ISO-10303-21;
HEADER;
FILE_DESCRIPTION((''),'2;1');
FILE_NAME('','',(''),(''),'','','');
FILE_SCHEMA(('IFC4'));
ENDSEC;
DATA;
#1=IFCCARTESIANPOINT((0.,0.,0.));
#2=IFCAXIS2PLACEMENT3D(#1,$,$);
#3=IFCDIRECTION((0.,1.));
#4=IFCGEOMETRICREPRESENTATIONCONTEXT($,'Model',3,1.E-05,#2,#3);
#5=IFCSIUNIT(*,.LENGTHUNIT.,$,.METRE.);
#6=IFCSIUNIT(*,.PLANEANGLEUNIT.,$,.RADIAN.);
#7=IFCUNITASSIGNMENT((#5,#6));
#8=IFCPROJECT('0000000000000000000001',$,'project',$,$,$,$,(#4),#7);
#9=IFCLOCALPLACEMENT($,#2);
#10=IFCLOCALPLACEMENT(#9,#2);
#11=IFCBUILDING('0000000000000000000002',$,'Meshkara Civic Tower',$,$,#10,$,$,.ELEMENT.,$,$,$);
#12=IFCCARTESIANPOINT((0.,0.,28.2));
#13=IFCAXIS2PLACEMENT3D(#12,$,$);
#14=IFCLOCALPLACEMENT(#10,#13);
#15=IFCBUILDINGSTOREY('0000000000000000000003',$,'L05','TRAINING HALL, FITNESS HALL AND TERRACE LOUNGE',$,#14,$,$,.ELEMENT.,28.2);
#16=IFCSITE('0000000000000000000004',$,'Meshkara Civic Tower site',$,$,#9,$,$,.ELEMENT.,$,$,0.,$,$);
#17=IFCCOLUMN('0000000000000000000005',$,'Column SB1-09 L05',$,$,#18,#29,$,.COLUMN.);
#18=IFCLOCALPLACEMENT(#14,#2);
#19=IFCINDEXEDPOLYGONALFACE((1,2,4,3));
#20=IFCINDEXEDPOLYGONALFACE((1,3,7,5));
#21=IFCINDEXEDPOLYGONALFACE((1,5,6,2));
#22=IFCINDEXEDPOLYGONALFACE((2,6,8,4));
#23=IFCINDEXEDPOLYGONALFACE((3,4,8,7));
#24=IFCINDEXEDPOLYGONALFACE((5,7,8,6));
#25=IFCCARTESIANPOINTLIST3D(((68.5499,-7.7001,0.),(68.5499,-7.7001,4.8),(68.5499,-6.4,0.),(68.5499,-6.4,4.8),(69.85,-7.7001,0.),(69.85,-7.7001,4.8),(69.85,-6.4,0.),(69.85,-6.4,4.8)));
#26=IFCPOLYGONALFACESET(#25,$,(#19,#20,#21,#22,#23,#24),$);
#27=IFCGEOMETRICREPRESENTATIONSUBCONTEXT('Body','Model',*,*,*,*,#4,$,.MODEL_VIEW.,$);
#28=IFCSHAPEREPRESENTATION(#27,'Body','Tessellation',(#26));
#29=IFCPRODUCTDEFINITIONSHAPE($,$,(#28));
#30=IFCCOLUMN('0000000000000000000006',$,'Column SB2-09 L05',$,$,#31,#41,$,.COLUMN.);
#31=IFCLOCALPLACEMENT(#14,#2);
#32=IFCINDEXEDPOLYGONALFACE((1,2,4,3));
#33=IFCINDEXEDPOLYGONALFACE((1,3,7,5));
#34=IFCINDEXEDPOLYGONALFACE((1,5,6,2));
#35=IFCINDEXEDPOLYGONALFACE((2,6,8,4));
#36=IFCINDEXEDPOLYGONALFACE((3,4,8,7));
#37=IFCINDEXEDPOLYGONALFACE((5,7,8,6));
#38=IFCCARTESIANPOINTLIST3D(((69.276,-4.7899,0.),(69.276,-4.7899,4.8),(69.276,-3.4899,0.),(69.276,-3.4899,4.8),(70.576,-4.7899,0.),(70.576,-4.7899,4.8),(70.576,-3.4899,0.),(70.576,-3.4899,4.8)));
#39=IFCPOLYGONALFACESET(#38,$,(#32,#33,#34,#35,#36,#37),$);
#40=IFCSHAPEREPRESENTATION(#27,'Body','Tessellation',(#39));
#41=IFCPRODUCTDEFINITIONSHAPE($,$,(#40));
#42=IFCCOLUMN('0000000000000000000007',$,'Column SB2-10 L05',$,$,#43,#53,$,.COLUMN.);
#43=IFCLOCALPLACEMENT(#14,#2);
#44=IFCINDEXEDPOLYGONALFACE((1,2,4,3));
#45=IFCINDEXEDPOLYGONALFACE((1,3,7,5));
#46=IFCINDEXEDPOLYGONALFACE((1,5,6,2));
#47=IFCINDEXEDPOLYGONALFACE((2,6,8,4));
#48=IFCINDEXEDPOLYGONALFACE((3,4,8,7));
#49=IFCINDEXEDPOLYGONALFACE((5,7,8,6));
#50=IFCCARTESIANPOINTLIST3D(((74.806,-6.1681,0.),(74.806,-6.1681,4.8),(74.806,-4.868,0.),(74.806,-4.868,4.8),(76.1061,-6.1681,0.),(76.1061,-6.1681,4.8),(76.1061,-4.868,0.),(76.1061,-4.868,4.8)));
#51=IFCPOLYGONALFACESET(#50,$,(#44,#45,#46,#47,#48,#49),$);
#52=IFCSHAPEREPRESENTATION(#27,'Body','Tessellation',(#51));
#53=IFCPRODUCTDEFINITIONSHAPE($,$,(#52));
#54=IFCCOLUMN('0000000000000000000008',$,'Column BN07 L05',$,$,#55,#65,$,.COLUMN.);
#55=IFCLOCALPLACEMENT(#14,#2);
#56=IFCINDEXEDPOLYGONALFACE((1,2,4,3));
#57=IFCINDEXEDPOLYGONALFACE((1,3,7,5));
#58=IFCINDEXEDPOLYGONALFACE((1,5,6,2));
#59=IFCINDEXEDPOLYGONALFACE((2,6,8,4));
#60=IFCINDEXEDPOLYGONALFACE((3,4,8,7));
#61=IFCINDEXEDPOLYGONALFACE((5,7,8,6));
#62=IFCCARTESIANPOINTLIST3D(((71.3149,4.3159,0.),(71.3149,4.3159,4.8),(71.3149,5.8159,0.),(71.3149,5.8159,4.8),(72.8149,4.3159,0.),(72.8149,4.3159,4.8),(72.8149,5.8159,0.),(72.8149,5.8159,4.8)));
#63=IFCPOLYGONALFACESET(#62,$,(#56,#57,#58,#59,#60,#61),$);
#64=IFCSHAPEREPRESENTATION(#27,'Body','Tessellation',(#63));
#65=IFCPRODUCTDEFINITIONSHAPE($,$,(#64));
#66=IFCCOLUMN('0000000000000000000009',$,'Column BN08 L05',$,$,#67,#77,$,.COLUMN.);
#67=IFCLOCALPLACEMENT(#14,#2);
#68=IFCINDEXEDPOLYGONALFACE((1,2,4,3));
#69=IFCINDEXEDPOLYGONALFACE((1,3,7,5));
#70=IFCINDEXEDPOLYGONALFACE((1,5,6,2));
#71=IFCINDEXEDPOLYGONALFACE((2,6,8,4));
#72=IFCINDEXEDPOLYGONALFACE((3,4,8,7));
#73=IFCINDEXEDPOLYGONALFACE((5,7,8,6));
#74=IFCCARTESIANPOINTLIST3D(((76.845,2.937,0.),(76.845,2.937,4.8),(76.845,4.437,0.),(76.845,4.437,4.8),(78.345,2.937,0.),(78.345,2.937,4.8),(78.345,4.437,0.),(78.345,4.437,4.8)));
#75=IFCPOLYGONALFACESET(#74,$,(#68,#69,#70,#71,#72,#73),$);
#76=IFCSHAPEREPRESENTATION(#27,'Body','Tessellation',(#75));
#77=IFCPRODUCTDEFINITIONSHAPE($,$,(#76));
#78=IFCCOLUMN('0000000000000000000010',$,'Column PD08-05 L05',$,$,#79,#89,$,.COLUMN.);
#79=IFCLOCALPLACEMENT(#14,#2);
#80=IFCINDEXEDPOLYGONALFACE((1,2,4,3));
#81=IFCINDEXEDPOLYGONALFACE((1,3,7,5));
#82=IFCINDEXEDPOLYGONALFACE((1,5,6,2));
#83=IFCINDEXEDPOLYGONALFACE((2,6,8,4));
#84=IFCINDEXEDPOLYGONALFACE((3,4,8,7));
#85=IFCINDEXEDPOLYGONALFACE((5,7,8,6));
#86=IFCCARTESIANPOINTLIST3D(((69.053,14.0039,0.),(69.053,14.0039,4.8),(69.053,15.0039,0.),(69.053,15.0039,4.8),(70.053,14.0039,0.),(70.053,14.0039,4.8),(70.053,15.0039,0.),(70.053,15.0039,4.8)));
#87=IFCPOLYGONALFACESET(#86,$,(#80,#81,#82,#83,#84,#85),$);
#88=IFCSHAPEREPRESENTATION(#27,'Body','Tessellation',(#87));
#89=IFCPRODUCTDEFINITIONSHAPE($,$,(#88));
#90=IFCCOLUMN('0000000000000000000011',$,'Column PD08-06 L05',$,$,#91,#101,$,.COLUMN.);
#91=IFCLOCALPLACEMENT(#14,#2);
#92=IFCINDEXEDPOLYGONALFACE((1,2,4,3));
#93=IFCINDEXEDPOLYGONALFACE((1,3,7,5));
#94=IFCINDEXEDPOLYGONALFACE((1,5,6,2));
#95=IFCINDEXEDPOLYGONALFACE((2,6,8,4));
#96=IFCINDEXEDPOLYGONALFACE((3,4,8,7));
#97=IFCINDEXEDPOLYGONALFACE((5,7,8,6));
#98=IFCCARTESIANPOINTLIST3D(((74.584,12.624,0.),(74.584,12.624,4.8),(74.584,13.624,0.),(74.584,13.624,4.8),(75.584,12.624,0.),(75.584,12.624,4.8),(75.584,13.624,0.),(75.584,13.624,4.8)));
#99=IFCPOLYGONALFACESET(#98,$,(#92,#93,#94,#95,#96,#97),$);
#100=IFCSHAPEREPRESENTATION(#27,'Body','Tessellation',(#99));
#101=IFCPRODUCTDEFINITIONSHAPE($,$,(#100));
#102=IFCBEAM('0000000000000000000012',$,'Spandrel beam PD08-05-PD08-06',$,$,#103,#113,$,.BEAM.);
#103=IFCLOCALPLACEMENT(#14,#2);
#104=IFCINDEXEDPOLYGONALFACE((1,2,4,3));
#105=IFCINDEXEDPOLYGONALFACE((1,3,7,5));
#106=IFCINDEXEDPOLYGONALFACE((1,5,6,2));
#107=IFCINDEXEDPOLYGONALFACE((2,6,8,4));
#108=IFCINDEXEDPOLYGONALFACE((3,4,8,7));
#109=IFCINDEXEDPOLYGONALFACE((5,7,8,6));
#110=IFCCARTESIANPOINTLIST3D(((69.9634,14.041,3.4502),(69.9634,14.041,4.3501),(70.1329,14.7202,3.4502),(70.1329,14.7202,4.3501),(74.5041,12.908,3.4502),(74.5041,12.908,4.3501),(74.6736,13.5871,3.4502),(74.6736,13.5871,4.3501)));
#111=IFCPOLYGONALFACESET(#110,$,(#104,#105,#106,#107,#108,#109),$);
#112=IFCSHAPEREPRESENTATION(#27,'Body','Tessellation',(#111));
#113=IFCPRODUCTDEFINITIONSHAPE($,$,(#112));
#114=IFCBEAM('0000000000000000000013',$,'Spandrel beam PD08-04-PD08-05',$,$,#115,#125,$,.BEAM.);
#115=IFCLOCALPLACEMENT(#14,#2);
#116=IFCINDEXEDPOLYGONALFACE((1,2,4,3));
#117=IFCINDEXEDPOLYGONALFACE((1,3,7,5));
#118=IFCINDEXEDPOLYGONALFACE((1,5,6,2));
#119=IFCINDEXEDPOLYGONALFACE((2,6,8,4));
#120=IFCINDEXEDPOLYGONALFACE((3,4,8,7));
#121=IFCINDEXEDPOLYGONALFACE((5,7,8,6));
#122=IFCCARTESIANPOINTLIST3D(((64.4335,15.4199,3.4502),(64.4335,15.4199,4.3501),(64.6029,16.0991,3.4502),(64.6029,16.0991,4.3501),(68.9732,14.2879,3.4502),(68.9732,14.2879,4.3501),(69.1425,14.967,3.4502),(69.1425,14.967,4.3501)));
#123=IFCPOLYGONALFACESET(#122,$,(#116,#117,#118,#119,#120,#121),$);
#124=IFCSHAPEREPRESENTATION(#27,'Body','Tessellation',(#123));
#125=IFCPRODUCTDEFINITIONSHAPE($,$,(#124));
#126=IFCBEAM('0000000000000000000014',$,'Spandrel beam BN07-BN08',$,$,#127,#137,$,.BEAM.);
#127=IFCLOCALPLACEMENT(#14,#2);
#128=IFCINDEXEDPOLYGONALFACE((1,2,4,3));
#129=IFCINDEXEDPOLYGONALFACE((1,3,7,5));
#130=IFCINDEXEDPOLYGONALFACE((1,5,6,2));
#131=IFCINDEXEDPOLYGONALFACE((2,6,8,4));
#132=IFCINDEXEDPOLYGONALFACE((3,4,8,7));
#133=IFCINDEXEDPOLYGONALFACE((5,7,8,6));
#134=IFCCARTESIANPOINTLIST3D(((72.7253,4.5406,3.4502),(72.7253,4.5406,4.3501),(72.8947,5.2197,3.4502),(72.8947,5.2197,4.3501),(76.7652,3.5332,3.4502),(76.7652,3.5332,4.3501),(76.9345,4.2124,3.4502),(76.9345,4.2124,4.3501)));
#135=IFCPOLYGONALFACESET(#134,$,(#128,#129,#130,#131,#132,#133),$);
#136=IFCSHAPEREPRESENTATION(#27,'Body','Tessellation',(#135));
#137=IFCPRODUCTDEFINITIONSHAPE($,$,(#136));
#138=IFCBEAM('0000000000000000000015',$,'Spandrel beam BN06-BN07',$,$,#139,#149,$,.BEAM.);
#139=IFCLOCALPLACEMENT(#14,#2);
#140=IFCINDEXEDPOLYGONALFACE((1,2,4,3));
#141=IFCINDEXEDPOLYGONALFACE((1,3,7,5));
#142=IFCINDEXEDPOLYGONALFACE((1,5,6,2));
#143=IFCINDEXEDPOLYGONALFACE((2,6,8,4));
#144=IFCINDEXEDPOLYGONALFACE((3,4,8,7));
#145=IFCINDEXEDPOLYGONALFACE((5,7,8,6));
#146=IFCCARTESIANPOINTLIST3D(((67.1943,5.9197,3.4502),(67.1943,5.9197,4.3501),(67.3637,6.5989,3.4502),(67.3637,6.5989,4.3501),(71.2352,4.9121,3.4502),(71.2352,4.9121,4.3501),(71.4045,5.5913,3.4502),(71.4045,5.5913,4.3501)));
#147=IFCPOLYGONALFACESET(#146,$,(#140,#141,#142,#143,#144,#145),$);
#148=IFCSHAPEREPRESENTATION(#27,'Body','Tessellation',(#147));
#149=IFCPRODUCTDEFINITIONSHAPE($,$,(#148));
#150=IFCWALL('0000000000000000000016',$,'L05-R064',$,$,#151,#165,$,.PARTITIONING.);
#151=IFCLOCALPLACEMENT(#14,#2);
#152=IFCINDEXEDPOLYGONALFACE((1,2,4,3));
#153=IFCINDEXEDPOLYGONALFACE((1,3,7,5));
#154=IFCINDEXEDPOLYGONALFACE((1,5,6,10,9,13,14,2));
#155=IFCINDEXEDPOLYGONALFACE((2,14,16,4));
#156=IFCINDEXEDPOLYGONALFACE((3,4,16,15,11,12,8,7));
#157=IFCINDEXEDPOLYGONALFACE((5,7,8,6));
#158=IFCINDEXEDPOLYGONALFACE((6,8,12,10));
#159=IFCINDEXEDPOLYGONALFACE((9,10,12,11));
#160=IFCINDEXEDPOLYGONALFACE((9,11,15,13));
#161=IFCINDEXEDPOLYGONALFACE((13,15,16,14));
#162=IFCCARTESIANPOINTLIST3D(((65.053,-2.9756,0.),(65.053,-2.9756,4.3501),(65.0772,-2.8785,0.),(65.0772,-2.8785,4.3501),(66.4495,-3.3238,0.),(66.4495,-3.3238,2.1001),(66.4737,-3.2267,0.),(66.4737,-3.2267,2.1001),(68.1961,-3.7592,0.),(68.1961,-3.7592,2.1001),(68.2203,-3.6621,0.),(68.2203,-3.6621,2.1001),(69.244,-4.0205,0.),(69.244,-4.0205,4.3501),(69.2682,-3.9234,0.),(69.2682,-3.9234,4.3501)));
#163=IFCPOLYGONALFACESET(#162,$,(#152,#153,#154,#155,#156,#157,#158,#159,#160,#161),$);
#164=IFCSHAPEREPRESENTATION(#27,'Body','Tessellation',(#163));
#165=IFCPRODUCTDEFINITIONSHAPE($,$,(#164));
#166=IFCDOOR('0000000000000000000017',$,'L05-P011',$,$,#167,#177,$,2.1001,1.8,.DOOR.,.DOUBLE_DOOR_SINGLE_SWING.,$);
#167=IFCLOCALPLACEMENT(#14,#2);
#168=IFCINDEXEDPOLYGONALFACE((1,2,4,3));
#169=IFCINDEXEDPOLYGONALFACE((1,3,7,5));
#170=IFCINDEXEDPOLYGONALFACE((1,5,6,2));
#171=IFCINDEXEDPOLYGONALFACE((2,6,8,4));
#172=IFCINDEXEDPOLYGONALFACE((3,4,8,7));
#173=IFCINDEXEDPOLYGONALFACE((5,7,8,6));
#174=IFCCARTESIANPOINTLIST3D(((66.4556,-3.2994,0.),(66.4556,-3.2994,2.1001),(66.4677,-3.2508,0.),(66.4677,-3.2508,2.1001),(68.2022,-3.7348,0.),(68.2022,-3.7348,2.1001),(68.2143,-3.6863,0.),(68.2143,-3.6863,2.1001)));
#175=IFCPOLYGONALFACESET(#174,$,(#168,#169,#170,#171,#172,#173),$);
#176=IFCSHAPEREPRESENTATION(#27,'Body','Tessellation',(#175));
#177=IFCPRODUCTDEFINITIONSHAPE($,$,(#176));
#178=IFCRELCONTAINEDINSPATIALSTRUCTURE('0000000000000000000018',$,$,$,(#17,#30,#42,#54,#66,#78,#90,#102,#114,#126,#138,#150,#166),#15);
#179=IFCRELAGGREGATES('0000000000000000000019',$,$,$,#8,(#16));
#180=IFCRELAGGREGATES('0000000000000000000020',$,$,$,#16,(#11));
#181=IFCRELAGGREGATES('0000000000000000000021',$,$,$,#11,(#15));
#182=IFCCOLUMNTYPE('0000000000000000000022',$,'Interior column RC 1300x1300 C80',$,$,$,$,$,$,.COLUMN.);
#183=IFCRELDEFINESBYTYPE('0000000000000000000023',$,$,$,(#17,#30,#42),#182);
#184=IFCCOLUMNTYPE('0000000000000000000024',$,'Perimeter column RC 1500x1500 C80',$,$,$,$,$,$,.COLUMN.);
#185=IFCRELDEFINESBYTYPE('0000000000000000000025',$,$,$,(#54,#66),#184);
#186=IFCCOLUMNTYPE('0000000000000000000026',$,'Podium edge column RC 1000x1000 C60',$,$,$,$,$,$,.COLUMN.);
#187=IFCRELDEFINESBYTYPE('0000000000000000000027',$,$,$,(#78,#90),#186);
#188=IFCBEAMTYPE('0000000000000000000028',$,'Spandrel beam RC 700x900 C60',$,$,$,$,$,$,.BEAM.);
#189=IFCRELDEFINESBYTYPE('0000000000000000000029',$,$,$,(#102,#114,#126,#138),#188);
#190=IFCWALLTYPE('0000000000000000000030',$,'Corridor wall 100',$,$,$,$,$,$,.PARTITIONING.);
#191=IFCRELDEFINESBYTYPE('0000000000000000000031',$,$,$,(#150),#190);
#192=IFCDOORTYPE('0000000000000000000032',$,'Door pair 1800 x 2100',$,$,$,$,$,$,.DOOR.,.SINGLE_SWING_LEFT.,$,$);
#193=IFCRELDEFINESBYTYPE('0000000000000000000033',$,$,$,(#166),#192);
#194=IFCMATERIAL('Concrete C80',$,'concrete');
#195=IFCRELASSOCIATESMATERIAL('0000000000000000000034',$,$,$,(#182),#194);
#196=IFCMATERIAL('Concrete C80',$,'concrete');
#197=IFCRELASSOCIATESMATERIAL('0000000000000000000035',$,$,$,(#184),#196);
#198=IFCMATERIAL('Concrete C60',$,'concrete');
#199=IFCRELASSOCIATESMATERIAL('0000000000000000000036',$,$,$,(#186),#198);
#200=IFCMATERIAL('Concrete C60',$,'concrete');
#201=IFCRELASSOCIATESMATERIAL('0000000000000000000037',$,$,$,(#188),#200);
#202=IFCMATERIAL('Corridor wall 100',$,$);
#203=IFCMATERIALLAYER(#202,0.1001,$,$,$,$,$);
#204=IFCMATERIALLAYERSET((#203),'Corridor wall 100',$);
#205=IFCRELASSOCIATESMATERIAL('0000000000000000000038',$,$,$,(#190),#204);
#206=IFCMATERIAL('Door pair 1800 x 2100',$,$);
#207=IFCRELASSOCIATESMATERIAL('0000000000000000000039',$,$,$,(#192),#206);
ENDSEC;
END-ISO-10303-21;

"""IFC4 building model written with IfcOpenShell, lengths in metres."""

from ifc_helpers import new_model, si_unit, direction, frame, frame_2d, origin, origin_2d, place, context, subcontext, project, spatial, rectangle, extrude, material, layer, layer_set, material_profile, profile_set, type_object, element, fill, save


model = new_model("IFC4")

# Units and contexts
model_context = context("Model", 3, precision=1e-05, world=origin(), true_north=direction((0.0, 1.0)))
body_context = subcontext(model_context, "Body", "Model", "MODEL_VIEW")
ifc_project = project(units=[si_unit("LENGTHUNIT", "METRE"), si_unit("PLANEANGLEUNIT", "RADIAN")], contexts=[model_context])

# Site, building, storey
site_placement = place(None, origin())
site = spatial("IfcSite", under=ifc_project, at=site_placement, Name="Meshkara Civic Tower site", CompositionType="ELEMENT", RefElevation=0.0)
building_placement = place(site_placement, origin())
building = spatial("IfcBuilding", under=site, at=building_placement, Name="Meshkara Civic Tower", CompositionType="ELEMENT")
storey_placement = place(building_placement, frame((0.0, 0.0, 28.2)))
storey = spatial("IfcBuildingStorey", under=building, at=storey_placement, Name="L05", Description="TRAINING HALL, FITNESS HALL AND TERRACE LOUNGE", CompositionType="ELEMENT", Elevation=28.2)

# Columns
ifc_material_1 = material(Name="Concrete C80", Category="concrete")
ifc_material_profile_1 = material_profile(ifc_material_1, rectangle(XDim=1.3, YDim=1.3, at=origin_2d()))
ifc_profile_set_1 = profile_set([ifc_material_profile_1], Name="Concrete C80")
column_type_1 = type_object("IfcColumnType", Name="Interior column RC 1300x1300 C80", PredefinedType="COLUMN", material=ifc_profile_set_1)
for number, where, z_axis, x_axis, name in (
    (1, (69.2, -7.05, 0.0), (0.0, 0.0, 1.0), (1.0, 0.0, 0.0), "Column SB1-09 L05"),
    (2, (69.926, -4.1399, 0.0), (0.0, 0.0, 1.0), (1.0, 0.0, 0.0), "Column SB2-09 L05"),
    (3, (75.4561, -5.5181, 0.0), (0.0, 0.0, 1.0), (1.0, 0.0, 0.0), "Column SB2-10 L05"),
):
    element("IfcColumn", number, at=place(storey_placement, frame(where, z_axis=z_axis, x_axis=x_axis)), inside=storey, type_object=column_type_1, Name=name, PredefinedType="COLUMN", context=body_context, shape_type="SweptSolid", body=[
        extrude(rectangle(XDim=1.3, YDim=1.3, at=origin_2d()), origin(), (0.0, 0.0, 1.0), 4.8),
    ])
ifc_material_2 = material(Name="Concrete C80", Category="concrete")
ifc_material_profile_2 = material_profile(ifc_material_2, rectangle(XDim=1.5, YDim=1.5, at=origin_2d()))
ifc_profile_set_2 = profile_set([ifc_material_profile_2], Name="Concrete C80")
column_type_2 = type_object("IfcColumnType", Name="Perimeter column RC 1500x1500 C80", PredefinedType="COLUMN", material=ifc_profile_set_2)
for number, where, z_axis, x_axis, name in (
    (4, (72.0649, 5.0659, 0.0), (0.0, 0.0, 1.0), (1.0, 0.0, 0.0), "Column BN07 L05"),
    (5, (77.595, 3.687, 0.0), (0.0, 0.0, 1.0), (1.0, 0.0, 0.0), "Column BN08 L05"),
):
    element("IfcColumn", number, at=place(storey_placement, frame(where, z_axis=z_axis, x_axis=x_axis)), inside=storey, type_object=column_type_2, Name=name, PredefinedType="COLUMN", context=body_context, shape_type="SweptSolid", body=[
        extrude(rectangle(XDim=1.5, YDim=1.5, at=origin_2d()), origin(), (0.0, 0.0, 1.0), 4.8),
    ])
ifc_material_3 = material(Name="Concrete C60", Category="concrete")
ifc_material_profile_3 = material_profile(ifc_material_3, rectangle(XDim=1.0, YDim=1.0, at=origin_2d()))
ifc_profile_set_3 = profile_set([ifc_material_profile_3], Name="Concrete C60")
column_type_3 = type_object("IfcColumnType", Name="Podium edge column RC 1000x1000 C60", PredefinedType="COLUMN", material=ifc_profile_set_3)
for number, where, z_axis, x_axis, name in (
    (6, (69.553, 14.5039, 0.0), (0.0, 0.0, 1.0), (1.0, 0.0, 0.0), "Column PD08-05 L05"),
    (7, (75.084, 13.124, 0.0), (0.0, 0.0, 1.0), (1.0, 0.0, 0.0), "Column PD08-06 L05"),
):
    element("IfcColumn", number, at=place(storey_placement, frame(where, z_axis=z_axis, x_axis=x_axis)), inside=storey, type_object=column_type_3, Name=name, PredefinedType="COLUMN", context=body_context, shape_type="SweptSolid", body=[
        extrude(rectangle(XDim=1.0, YDim=1.0, at=origin_2d()), origin(), (0.0, 0.0, 1.0), 4.8),
    ])

# Beams
ifc_material_4 = material(Name="Concrete C60", Category="concrete")
ifc_material_profile_4 = material_profile(ifc_material_4, rectangle(XDim=0.7, YDim=0.8999, at=origin_2d()))
ifc_profile_set_4 = profile_set([ifc_material_profile_4], Name="Concrete C60")
beam_type = type_object("IfcBeamType", Name="Spandrel beam RC 700x900 C60", PredefinedType="BEAM", material=ifc_profile_set_4)
beam_1_placement = place(storey_placement, frame((74.5889, 13.2476, 3.9001), z_axis=(-0.97025, 0.242106, 0.0), x_axis=(-0.242106, -0.97025, 0.0)))
element("IfcBeam", 8, at=beam_1_placement, inside=storey, type_object=beam_type, Name="Spandrel beam PD08-05-PD08-06", PredefinedType="BEAM", context=body_context, shape_type="SweptSolid", body=[
    extrude(rectangle(XDim=0.7, YDim=0.8999, at=origin_2d()), origin(), (0.0, 0.0, 1.0), 4.6799),
])
beam_2_placement = place(storey_placement, frame((69.0579, 14.6274, 3.9001), z_axis=(-0.970287, 0.241959, 0.0), x_axis=(-0.241959, -0.970287, 0.0)))
element("IfcBeam", 9, at=beam_2_placement, inside=storey, type_object=beam_type, Name="Spandrel beam PD08-04-PD08-05", PredefinedType="BEAM", context=body_context, shape_type="SweptSolid", body=[
    extrude(rectangle(XDim=0.7, YDim=0.8999, at=origin_2d()), origin(), (0.0, 0.0, 1.0), 4.6787),
])
beam_3_placement = place(storey_placement, frame((76.8499, 3.8728, 3.9001), z_axis=(-0.970291, 0.241942, 0.0), x_axis=(-0.241942, -0.970291, 0.0)))
element("IfcBeam", 10, at=beam_3_placement, inside=storey, type_object=beam_type, Name="Spandrel beam BN07-BN08", PredefinedType="BEAM", context=body_context, shape_type="SweptSolid", body=[
    extrude(rectangle(XDim=0.7, YDim=0.8999, at=origin_2d()), origin(), (0.0, 0.0, 1.0), 4.1636),
])
beam_4_placement = place(storey_placement, frame((71.3198, 5.2517, 3.9001), z_axis=(-0.970291, 0.241942, 0.0), x_axis=(-0.241942, -0.970291, 0.0)))
element("IfcBeam", 11, at=beam_4_placement, inside=storey, type_object=beam_type, Name="Spandrel beam BN06-BN07", PredefinedType="BEAM", context=body_context, shape_type="SweptSolid", body=[
    extrude(rectangle(XDim=0.7, YDim=0.8999, at=origin_2d()), origin(), (0.0, 0.0, 1.0), 4.1646),
])

# Wall, opening, door
ifc_material_5 = material(Name="Corridor wall 100")
ifc_layer_1 = layer(ifc_material_5, 0.1001)
ifc_layer_set_1 = layer_set([ifc_layer_1], Name="Corridor wall 100")
wall_type_1 = type_object("IfcWallType", Name="Corridor wall 100", PredefinedType="PARTITIONING", material=ifc_layer_set_1)
wall_1_placement = place(storey_placement, frame((69.2561, -3.9719, 0.0), z_axis=(0.0, 0.0, 1.0), x_axis=(-0.970299, 0.241911, 0.0)))
wall_1 = element("IfcWall", 12, at=wall_1_placement, inside=storey, type_object=wall_type_1, Name="L05-R064", PredefinedType="PARTITIONING", context=body_context, shape_type="SweptSolid", body=[
    extrude(rectangle(XDim=4.3193, YDim=0.1001, at=frame_2d((2.1597, 0.0))), origin(), (0.0, 0.0, 1.0), 4.3501),
])
opening_1_placement = place(wall_1_placement, frame((1.0801, 0.0, 0.0)))
opening_1 = element("IfcOpeningElement", 13, at=opening_1_placement, cuts=wall_1, PredefinedType="OPENING", context=body_context, shape_type="SweptSolid", body=[
    extrude(rectangle(XDim=1.8, YDim=2.1001, at=frame_2d((0.8999, 1.05))), frame((0.0, 0.0601, 0.0), z_axis=(0.0, -1.0, 0.0), x_axis=(1.0, 0.0, 0.0)), (0.0, 0.0, 1.0), 0.1201),
])
ifc_material_6 = material(Name="Door pair 1800 x 2100")
door_type_1 = type_object("IfcDoorType", Name="Door pair 1800 x 2100", OperationType="SINGLE_SWING_LEFT", PredefinedType="DOOR", material=ifc_material_6)
door_1_placement = place(opening_1_placement, origin())
door_1 = element("IfcDoor", 14, at=door_1_placement, inside=storey, type_object=door_type_1, Name="L05-P011", OperationType="DOUBLE_DOOR_SINGLE_SWING", OverallHeight=2.1001, OverallWidth=1.8, PredefinedType="DOOR", context=body_context, shape_type="SweptSolid", body=[
    extrude(rectangle(XDim=1.8, YDim=2.1001, at=frame_2d((0.8999, 1.05))), frame((0.0, 0.0249, 0.0), z_axis=(0.0, -1.0, 0.0), x_axis=(1.0, 0.0, 0.0)), (0.0, 0.0, 1.0), 0.05),
])
fill(opening_1, door_1)

save(model, "model.ifc")
